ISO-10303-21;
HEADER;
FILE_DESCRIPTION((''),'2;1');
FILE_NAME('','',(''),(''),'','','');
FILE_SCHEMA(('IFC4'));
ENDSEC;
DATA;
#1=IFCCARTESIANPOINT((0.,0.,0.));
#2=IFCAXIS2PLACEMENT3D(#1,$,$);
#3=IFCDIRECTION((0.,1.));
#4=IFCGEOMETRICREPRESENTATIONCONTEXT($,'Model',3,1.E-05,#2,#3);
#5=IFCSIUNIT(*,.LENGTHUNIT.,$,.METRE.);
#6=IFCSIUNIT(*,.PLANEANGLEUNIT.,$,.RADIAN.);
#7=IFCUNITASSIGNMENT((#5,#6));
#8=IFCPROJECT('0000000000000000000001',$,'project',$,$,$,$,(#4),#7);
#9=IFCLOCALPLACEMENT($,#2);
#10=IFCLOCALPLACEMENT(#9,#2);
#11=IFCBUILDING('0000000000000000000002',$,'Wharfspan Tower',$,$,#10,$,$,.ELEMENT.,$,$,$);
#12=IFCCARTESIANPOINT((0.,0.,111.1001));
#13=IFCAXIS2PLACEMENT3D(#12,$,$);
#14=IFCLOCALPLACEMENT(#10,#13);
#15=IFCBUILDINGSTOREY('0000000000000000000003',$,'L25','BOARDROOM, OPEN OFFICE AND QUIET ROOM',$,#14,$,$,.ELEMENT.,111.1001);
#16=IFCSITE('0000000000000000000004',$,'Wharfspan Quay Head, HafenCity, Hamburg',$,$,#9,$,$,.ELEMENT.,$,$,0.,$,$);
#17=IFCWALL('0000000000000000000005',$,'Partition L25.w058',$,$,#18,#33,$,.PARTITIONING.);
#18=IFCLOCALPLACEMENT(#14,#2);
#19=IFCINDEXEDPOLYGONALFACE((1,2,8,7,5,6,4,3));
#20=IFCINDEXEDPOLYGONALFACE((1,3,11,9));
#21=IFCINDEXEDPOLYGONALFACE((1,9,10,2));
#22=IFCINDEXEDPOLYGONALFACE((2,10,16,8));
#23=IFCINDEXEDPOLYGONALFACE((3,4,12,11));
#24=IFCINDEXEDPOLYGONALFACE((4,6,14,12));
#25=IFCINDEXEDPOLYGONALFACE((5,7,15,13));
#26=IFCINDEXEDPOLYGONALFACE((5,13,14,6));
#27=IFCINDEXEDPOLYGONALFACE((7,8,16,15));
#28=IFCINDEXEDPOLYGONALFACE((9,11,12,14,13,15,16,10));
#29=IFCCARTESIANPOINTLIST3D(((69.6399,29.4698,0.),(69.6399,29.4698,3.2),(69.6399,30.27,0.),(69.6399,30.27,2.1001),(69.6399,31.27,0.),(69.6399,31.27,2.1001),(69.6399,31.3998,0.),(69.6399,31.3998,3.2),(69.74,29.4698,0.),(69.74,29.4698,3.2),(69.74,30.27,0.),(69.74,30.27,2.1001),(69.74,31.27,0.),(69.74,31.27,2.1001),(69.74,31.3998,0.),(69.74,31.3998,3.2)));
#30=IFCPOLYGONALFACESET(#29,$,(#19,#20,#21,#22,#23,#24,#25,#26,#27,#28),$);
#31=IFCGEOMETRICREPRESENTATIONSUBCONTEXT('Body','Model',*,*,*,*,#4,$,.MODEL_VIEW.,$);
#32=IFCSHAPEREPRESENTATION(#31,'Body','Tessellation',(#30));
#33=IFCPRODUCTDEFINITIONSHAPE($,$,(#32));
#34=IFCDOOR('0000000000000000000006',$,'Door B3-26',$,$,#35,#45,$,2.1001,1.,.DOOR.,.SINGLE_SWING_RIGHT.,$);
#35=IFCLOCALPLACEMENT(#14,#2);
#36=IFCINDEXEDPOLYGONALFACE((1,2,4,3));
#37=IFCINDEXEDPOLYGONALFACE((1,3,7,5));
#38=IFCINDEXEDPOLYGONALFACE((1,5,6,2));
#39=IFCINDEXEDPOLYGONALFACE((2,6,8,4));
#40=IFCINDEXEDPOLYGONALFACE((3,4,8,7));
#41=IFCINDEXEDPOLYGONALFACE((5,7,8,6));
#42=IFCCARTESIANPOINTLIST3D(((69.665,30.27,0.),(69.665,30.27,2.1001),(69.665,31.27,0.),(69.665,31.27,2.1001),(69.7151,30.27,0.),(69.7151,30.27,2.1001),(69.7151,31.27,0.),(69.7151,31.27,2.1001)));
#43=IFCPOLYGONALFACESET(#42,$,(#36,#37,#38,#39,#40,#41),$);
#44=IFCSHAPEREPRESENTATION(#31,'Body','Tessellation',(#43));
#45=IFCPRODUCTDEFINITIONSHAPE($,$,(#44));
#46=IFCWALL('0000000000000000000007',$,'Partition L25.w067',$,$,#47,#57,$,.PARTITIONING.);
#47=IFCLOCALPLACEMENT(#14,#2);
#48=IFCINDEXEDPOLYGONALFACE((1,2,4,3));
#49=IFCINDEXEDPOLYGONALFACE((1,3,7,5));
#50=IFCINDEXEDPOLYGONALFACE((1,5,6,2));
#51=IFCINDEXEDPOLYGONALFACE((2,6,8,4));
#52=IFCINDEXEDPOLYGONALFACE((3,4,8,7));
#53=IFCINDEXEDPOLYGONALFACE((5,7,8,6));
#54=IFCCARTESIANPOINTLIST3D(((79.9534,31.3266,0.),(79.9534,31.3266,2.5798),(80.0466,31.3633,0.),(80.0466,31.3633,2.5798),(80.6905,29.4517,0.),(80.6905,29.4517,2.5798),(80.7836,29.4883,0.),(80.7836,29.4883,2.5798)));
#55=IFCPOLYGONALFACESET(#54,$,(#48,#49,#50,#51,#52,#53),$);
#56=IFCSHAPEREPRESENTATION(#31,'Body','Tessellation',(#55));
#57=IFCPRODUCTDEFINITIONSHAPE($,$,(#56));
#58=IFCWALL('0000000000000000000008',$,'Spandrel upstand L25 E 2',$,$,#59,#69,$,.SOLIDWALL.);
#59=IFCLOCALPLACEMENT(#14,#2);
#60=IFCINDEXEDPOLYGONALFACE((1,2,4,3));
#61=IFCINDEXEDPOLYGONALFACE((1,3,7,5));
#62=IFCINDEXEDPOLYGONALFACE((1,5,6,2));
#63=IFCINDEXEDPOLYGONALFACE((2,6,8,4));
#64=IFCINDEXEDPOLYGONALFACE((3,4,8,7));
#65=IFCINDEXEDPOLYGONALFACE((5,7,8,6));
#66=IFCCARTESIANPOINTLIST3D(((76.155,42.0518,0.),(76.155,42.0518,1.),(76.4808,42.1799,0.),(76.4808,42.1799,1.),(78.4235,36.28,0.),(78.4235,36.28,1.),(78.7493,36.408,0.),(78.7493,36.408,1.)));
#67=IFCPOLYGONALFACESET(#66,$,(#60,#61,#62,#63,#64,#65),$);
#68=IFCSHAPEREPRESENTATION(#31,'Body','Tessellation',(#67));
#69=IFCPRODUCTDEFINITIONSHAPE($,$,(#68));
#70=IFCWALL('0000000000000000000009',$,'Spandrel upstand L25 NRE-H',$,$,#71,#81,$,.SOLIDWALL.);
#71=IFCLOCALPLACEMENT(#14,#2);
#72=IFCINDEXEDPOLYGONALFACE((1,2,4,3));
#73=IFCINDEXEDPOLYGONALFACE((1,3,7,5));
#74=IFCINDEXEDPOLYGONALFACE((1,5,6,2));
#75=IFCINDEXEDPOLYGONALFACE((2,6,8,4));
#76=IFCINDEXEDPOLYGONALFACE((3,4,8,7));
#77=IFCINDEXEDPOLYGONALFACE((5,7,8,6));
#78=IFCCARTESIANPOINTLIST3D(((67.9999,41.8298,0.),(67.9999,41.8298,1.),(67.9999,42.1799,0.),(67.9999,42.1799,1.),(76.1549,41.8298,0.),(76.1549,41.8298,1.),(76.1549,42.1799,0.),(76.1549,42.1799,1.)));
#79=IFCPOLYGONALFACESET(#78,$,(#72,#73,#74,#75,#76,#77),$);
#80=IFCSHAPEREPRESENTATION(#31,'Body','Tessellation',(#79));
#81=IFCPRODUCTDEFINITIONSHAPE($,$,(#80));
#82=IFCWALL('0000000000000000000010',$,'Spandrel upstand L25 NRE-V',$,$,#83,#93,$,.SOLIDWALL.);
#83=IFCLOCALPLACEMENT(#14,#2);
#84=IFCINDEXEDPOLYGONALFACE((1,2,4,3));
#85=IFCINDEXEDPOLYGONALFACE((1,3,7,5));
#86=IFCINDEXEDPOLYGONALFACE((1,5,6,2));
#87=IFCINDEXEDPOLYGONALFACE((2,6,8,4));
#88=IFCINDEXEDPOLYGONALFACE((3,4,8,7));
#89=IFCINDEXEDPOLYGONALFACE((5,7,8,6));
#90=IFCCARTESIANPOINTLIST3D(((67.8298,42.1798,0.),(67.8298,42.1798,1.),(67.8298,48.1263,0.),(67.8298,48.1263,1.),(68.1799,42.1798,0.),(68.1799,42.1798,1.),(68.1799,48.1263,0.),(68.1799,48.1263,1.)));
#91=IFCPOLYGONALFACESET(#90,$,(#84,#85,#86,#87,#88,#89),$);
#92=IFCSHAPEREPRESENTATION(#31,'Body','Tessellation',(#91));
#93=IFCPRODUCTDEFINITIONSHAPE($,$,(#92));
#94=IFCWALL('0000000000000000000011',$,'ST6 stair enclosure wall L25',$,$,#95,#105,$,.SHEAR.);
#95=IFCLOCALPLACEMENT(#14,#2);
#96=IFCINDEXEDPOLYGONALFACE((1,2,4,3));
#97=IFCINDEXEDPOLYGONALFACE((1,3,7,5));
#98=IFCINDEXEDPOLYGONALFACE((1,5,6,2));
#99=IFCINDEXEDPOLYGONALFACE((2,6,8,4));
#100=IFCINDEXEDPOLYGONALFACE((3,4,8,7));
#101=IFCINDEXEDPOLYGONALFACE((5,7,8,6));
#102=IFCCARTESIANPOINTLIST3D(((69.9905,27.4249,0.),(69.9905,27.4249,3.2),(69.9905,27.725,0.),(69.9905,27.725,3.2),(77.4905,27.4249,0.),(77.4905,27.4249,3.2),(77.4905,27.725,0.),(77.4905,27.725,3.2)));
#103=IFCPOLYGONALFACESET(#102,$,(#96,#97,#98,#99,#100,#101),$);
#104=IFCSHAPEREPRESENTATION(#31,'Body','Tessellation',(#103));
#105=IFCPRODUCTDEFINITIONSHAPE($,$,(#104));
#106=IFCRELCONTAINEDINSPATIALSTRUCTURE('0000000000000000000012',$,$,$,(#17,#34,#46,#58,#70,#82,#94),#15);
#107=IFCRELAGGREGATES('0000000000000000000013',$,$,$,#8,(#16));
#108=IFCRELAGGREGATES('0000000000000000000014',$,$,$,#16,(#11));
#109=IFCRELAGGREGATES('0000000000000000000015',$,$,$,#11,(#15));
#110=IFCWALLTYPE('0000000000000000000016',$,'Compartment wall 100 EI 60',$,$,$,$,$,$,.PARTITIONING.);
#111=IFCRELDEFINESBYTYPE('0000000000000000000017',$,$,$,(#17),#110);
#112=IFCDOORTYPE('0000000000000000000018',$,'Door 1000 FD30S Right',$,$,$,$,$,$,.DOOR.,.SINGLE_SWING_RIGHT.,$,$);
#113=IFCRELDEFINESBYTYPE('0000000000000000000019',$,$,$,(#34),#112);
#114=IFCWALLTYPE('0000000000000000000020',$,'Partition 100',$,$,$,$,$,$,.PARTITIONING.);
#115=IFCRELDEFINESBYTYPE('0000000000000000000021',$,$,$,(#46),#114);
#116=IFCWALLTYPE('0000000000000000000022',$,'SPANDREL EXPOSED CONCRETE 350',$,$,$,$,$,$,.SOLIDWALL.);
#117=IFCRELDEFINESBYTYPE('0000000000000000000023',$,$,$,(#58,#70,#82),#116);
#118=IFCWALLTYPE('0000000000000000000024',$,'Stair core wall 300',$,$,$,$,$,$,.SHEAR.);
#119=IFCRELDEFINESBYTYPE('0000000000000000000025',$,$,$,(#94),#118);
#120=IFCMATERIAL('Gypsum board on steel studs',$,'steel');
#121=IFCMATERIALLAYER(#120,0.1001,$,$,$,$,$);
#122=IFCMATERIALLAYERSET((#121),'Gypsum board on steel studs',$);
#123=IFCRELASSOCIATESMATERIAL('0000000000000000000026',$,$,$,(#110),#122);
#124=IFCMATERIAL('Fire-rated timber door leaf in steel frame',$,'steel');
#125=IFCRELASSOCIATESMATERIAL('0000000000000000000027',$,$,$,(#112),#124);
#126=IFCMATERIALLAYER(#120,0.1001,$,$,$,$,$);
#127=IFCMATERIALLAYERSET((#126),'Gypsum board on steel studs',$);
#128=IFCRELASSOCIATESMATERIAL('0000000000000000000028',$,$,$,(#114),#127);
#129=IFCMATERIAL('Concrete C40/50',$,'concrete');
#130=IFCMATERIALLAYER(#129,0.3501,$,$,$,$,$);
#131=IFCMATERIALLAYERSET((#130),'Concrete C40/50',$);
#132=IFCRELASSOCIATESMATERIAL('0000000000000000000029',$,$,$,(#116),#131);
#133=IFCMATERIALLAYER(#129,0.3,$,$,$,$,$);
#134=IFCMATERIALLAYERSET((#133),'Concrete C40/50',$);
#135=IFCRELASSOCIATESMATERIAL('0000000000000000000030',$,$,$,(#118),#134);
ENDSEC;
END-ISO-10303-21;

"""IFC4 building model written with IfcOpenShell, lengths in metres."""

from ifc_helpers import new_model, si_unit, direction, frame, frame_2d, origin, place, context, subcontext, project, spatial, rectangle, extrude, material, layer, layer_set, type_object, element, fill, save


model = new_model("IFC4")

# Units and contexts
model_context = context("Model", 3, precision=1e-05, world=origin(), true_north=direction((0.0, 1.0)))
body_context = subcontext(model_context, "Body", "Model", "MODEL_VIEW")
ifc_project = project(units=[si_unit("LENGTHUNIT", "METRE"), si_unit("PLANEANGLEUNIT", "RADIAN")], contexts=[model_context])

# Site, building, storey
site_placement = place(None, origin())
site = spatial("IfcSite", under=ifc_project, at=site_placement, Name="Wharfspan Quay Head, HafenCity, Hamburg", CompositionType="ELEMENT", RefElevation=0.0)
building_placement = place(site_placement, origin())
building = spatial("IfcBuilding", under=site, at=building_placement, Name="Wharfspan Tower", CompositionType="ELEMENT")
storey_placement = place(building_placement, frame((0.0, 0.0, 111.1001)))
storey = spatial("IfcBuildingStorey", under=building, at=storey_placement, Name="L25", Description="BOARDROOM, OPEN OFFICE AND QUIET ROOM", CompositionType="ELEMENT", Elevation=111.1001)

# Wall, opening, door
ifc_material_1 = material(Name="Gypsum board on steel studs", Category="steel")
ifc_layer_1 = layer(ifc_material_1, 0.1001)
ifc_layer_set_1 = layer_set([ifc_layer_1], Name="Gypsum board on steel studs")
wall_type_1 = type_object("IfcWallType", Name="Compartment wall 100 EI 60", PredefinedType="PARTITIONING", material=ifc_layer_set_1)
wall_1_placement = place(storey_placement, frame((69.6899, 29.47, 0.0), z_axis=(0.0, 0.0, 1.0), x_axis=(0.0, 1.0, 0.0)))
wall_1 = element("IfcWall", 1, at=wall_1_placement, inside=storey, type_object=wall_type_1, Name="Partition L25.w058", PredefinedType="PARTITIONING", context=body_context, shape_type="SweptSolid", body=[
    extrude(rectangle(XDim=1.9299, YDim=0.1001, at=frame_2d((0.9648, 0.0))), origin(), (0.0, 0.0, 1.0), 3.2),
])
opening_placement = place(wall_1_placement, frame((0.8, 0.0, 0.0)))
opening = element("IfcOpeningElement", 2, at=opening_placement, cuts=wall_1, PredefinedType="OPENING", context=body_context, shape_type="SweptSolid", body=[
    extrude(rectangle(XDim=1.0, YDim=2.1001, at=frame_2d((0.5, 1.05))), frame((0.0, 0.0601, 0.0), z_axis=(0.0, -1.0, 0.0), x_axis=(1.0, 0.0, 0.0)), (0.0, 0.0, 1.0), 0.1201),
])
ifc_material_2 = material(Name="Fire-rated timber door leaf in steel frame", Category="steel")
door_type = type_object("IfcDoorType", Name="Door 1000 FD30S Right", OperationType="SINGLE_SWING_RIGHT", PredefinedType="DOOR", material=ifc_material_2)
door_placement = place(opening_placement, origin())
door = element("IfcDoor", 3, at=door_placement, inside=storey, type_object=door_type, Name="Door B3-26", OperationType="SINGLE_SWING_RIGHT", OverallHeight=2.1001, OverallWidth=1.0, PredefinedType="DOOR", context=body_context, shape_type="SweptSolid", body=[
    extrude(rectangle(XDim=1.0, YDim=2.1001, at=frame_2d((0.5, 1.05))), frame((0.0, 0.0249, 0.0), z_axis=(0.0, -1.0, 0.0), x_axis=(1.0, 0.0, 0.0)), (0.0, 0.0, 1.0), 0.05),
])
fill(opening, door)

# Walls
ifc_layer_2 = layer(ifc_material_1, 0.1001)
ifc_layer_set_2 = layer_set([ifc_layer_2], Name="Gypsum board on steel studs")
wall_type_2 = type_object("IfcWallType", Name="Partition 100", PredefinedType="PARTITIONING", material=ifc_layer_set_2)
wall_2_placement = place(storey_placement, frame((80.7371, 29.47, 0.0), z_axis=(0.0, 0.0, 1.0), x_axis=(-0.365847, 0.930674, 0.0)))
element("IfcWall", 4, at=wall_2_placement, inside=storey, type_object=wall_type_2, Name="Partition L25.w067", PredefinedType="PARTITIONING", context=body_context, shape_type="SweptSolid", body=[
    extrude(rectangle(XDim=2.0146, YDim=0.1001, at=frame_2d((1.0073, 0.0))), origin(), (0.0, 0.0, 1.0), 2.5798),
])
ifc_material_3 = material(Name="Concrete C40/50", Category="concrete")
ifc_layer_3 = layer(ifc_material_3, 0.3501)
ifc_layer_set_3 = layer_set([ifc_layer_3], Name="Concrete C40/50")
wall_type_3 = type_object("IfcWallType", Name="SPANDREL EXPOSED CONCRETE 350", PredefinedType="SOLIDWALL", material=ifc_layer_set_3)
wall_3_placement = place(storey_placement, frame((78.5864, 36.344, 0.0), z_axis=(0.0, 0.0, 1.0), x_axis=(-0.365792, 0.930699, 0.0)))
element("IfcWall", 5, at=wall_3_placement, inside=storey, type_object=wall_type_3, Name="Spandrel upstand L25 E 2", PredefinedType="SOLIDWALL", context=body_context, shape_type="SweptSolid", body=[
    extrude(rectangle(XDim=6.2017, YDim=0.3501, at=frame_2d((3.1008, 0.0))), origin(), (0.0, 0.0, 1.0), 1.0),
])
wall_4_placement = place(storey_placement, frame((76.155, 42.0049, 0.0), z_axis=(0.0, 0.0, 1.0), x_axis=(-1.0, 0.0, 0.0)))
element("IfcWall", 6, at=wall_4_placement, inside=storey, type_object=wall_type_3, Name="Spandrel upstand L25 NRE-H", PredefinedType="SOLIDWALL", context=body_context, shape_type="SweptSolid", body=[
    extrude(rectangle(XDim=8.155, YDim=0.3501, at=frame_2d((4.0776, 0.0))), origin(), (0.0, 0.0, 1.0), 1.0),
])
wall_5_placement = place(storey_placement, frame((68.0049, 42.1799, 0.0), z_axis=(0.0, 0.0, 1.0), x_axis=(0.0, 1.0, 0.0)))
element("IfcWall", 7, at=wall_5_placement, inside=storey, type_object=wall_type_3, Name="Spandrel upstand L25 NRE-V", PredefinedType="SOLIDWALL", context=body_context, shape_type="SweptSolid", body=[
    extrude(rectangle(XDim=5.9465, YDim=0.3501, at=frame_2d((2.9731, 0.0))), origin(), (0.0, 0.0, 1.0), 1.0),
])
ifc_layer_4 = layer(ifc_material_3, 0.3)
ifc_layer_set_4 = layer_set([ifc_layer_4], Name="Concrete C40/50")
wall_type_4 = type_object("IfcWallType", Name="Stair core wall 300", PredefinedType="SHEAR", material=ifc_layer_set_4)
wall_6_placement = place(storey_placement, frame((69.9905, 27.575, 0.0), z_axis=(0.0, 0.0, 1.0), x_axis=(1.0, 0.0, 0.0)))
element("IfcWall", 8, at=wall_6_placement, inside=storey, type_object=wall_type_4, Name="ST6 stair enclosure wall L25", PredefinedType="SHEAR", context=body_context, shape_type="SweptSolid", body=[
    extrude(rectangle(XDim=7.5, YDim=0.3, at=frame_2d((3.75, 0.0))), origin(), (0.0, 0.0, 1.0), 3.2),
])

save(model, "model.ifc")
